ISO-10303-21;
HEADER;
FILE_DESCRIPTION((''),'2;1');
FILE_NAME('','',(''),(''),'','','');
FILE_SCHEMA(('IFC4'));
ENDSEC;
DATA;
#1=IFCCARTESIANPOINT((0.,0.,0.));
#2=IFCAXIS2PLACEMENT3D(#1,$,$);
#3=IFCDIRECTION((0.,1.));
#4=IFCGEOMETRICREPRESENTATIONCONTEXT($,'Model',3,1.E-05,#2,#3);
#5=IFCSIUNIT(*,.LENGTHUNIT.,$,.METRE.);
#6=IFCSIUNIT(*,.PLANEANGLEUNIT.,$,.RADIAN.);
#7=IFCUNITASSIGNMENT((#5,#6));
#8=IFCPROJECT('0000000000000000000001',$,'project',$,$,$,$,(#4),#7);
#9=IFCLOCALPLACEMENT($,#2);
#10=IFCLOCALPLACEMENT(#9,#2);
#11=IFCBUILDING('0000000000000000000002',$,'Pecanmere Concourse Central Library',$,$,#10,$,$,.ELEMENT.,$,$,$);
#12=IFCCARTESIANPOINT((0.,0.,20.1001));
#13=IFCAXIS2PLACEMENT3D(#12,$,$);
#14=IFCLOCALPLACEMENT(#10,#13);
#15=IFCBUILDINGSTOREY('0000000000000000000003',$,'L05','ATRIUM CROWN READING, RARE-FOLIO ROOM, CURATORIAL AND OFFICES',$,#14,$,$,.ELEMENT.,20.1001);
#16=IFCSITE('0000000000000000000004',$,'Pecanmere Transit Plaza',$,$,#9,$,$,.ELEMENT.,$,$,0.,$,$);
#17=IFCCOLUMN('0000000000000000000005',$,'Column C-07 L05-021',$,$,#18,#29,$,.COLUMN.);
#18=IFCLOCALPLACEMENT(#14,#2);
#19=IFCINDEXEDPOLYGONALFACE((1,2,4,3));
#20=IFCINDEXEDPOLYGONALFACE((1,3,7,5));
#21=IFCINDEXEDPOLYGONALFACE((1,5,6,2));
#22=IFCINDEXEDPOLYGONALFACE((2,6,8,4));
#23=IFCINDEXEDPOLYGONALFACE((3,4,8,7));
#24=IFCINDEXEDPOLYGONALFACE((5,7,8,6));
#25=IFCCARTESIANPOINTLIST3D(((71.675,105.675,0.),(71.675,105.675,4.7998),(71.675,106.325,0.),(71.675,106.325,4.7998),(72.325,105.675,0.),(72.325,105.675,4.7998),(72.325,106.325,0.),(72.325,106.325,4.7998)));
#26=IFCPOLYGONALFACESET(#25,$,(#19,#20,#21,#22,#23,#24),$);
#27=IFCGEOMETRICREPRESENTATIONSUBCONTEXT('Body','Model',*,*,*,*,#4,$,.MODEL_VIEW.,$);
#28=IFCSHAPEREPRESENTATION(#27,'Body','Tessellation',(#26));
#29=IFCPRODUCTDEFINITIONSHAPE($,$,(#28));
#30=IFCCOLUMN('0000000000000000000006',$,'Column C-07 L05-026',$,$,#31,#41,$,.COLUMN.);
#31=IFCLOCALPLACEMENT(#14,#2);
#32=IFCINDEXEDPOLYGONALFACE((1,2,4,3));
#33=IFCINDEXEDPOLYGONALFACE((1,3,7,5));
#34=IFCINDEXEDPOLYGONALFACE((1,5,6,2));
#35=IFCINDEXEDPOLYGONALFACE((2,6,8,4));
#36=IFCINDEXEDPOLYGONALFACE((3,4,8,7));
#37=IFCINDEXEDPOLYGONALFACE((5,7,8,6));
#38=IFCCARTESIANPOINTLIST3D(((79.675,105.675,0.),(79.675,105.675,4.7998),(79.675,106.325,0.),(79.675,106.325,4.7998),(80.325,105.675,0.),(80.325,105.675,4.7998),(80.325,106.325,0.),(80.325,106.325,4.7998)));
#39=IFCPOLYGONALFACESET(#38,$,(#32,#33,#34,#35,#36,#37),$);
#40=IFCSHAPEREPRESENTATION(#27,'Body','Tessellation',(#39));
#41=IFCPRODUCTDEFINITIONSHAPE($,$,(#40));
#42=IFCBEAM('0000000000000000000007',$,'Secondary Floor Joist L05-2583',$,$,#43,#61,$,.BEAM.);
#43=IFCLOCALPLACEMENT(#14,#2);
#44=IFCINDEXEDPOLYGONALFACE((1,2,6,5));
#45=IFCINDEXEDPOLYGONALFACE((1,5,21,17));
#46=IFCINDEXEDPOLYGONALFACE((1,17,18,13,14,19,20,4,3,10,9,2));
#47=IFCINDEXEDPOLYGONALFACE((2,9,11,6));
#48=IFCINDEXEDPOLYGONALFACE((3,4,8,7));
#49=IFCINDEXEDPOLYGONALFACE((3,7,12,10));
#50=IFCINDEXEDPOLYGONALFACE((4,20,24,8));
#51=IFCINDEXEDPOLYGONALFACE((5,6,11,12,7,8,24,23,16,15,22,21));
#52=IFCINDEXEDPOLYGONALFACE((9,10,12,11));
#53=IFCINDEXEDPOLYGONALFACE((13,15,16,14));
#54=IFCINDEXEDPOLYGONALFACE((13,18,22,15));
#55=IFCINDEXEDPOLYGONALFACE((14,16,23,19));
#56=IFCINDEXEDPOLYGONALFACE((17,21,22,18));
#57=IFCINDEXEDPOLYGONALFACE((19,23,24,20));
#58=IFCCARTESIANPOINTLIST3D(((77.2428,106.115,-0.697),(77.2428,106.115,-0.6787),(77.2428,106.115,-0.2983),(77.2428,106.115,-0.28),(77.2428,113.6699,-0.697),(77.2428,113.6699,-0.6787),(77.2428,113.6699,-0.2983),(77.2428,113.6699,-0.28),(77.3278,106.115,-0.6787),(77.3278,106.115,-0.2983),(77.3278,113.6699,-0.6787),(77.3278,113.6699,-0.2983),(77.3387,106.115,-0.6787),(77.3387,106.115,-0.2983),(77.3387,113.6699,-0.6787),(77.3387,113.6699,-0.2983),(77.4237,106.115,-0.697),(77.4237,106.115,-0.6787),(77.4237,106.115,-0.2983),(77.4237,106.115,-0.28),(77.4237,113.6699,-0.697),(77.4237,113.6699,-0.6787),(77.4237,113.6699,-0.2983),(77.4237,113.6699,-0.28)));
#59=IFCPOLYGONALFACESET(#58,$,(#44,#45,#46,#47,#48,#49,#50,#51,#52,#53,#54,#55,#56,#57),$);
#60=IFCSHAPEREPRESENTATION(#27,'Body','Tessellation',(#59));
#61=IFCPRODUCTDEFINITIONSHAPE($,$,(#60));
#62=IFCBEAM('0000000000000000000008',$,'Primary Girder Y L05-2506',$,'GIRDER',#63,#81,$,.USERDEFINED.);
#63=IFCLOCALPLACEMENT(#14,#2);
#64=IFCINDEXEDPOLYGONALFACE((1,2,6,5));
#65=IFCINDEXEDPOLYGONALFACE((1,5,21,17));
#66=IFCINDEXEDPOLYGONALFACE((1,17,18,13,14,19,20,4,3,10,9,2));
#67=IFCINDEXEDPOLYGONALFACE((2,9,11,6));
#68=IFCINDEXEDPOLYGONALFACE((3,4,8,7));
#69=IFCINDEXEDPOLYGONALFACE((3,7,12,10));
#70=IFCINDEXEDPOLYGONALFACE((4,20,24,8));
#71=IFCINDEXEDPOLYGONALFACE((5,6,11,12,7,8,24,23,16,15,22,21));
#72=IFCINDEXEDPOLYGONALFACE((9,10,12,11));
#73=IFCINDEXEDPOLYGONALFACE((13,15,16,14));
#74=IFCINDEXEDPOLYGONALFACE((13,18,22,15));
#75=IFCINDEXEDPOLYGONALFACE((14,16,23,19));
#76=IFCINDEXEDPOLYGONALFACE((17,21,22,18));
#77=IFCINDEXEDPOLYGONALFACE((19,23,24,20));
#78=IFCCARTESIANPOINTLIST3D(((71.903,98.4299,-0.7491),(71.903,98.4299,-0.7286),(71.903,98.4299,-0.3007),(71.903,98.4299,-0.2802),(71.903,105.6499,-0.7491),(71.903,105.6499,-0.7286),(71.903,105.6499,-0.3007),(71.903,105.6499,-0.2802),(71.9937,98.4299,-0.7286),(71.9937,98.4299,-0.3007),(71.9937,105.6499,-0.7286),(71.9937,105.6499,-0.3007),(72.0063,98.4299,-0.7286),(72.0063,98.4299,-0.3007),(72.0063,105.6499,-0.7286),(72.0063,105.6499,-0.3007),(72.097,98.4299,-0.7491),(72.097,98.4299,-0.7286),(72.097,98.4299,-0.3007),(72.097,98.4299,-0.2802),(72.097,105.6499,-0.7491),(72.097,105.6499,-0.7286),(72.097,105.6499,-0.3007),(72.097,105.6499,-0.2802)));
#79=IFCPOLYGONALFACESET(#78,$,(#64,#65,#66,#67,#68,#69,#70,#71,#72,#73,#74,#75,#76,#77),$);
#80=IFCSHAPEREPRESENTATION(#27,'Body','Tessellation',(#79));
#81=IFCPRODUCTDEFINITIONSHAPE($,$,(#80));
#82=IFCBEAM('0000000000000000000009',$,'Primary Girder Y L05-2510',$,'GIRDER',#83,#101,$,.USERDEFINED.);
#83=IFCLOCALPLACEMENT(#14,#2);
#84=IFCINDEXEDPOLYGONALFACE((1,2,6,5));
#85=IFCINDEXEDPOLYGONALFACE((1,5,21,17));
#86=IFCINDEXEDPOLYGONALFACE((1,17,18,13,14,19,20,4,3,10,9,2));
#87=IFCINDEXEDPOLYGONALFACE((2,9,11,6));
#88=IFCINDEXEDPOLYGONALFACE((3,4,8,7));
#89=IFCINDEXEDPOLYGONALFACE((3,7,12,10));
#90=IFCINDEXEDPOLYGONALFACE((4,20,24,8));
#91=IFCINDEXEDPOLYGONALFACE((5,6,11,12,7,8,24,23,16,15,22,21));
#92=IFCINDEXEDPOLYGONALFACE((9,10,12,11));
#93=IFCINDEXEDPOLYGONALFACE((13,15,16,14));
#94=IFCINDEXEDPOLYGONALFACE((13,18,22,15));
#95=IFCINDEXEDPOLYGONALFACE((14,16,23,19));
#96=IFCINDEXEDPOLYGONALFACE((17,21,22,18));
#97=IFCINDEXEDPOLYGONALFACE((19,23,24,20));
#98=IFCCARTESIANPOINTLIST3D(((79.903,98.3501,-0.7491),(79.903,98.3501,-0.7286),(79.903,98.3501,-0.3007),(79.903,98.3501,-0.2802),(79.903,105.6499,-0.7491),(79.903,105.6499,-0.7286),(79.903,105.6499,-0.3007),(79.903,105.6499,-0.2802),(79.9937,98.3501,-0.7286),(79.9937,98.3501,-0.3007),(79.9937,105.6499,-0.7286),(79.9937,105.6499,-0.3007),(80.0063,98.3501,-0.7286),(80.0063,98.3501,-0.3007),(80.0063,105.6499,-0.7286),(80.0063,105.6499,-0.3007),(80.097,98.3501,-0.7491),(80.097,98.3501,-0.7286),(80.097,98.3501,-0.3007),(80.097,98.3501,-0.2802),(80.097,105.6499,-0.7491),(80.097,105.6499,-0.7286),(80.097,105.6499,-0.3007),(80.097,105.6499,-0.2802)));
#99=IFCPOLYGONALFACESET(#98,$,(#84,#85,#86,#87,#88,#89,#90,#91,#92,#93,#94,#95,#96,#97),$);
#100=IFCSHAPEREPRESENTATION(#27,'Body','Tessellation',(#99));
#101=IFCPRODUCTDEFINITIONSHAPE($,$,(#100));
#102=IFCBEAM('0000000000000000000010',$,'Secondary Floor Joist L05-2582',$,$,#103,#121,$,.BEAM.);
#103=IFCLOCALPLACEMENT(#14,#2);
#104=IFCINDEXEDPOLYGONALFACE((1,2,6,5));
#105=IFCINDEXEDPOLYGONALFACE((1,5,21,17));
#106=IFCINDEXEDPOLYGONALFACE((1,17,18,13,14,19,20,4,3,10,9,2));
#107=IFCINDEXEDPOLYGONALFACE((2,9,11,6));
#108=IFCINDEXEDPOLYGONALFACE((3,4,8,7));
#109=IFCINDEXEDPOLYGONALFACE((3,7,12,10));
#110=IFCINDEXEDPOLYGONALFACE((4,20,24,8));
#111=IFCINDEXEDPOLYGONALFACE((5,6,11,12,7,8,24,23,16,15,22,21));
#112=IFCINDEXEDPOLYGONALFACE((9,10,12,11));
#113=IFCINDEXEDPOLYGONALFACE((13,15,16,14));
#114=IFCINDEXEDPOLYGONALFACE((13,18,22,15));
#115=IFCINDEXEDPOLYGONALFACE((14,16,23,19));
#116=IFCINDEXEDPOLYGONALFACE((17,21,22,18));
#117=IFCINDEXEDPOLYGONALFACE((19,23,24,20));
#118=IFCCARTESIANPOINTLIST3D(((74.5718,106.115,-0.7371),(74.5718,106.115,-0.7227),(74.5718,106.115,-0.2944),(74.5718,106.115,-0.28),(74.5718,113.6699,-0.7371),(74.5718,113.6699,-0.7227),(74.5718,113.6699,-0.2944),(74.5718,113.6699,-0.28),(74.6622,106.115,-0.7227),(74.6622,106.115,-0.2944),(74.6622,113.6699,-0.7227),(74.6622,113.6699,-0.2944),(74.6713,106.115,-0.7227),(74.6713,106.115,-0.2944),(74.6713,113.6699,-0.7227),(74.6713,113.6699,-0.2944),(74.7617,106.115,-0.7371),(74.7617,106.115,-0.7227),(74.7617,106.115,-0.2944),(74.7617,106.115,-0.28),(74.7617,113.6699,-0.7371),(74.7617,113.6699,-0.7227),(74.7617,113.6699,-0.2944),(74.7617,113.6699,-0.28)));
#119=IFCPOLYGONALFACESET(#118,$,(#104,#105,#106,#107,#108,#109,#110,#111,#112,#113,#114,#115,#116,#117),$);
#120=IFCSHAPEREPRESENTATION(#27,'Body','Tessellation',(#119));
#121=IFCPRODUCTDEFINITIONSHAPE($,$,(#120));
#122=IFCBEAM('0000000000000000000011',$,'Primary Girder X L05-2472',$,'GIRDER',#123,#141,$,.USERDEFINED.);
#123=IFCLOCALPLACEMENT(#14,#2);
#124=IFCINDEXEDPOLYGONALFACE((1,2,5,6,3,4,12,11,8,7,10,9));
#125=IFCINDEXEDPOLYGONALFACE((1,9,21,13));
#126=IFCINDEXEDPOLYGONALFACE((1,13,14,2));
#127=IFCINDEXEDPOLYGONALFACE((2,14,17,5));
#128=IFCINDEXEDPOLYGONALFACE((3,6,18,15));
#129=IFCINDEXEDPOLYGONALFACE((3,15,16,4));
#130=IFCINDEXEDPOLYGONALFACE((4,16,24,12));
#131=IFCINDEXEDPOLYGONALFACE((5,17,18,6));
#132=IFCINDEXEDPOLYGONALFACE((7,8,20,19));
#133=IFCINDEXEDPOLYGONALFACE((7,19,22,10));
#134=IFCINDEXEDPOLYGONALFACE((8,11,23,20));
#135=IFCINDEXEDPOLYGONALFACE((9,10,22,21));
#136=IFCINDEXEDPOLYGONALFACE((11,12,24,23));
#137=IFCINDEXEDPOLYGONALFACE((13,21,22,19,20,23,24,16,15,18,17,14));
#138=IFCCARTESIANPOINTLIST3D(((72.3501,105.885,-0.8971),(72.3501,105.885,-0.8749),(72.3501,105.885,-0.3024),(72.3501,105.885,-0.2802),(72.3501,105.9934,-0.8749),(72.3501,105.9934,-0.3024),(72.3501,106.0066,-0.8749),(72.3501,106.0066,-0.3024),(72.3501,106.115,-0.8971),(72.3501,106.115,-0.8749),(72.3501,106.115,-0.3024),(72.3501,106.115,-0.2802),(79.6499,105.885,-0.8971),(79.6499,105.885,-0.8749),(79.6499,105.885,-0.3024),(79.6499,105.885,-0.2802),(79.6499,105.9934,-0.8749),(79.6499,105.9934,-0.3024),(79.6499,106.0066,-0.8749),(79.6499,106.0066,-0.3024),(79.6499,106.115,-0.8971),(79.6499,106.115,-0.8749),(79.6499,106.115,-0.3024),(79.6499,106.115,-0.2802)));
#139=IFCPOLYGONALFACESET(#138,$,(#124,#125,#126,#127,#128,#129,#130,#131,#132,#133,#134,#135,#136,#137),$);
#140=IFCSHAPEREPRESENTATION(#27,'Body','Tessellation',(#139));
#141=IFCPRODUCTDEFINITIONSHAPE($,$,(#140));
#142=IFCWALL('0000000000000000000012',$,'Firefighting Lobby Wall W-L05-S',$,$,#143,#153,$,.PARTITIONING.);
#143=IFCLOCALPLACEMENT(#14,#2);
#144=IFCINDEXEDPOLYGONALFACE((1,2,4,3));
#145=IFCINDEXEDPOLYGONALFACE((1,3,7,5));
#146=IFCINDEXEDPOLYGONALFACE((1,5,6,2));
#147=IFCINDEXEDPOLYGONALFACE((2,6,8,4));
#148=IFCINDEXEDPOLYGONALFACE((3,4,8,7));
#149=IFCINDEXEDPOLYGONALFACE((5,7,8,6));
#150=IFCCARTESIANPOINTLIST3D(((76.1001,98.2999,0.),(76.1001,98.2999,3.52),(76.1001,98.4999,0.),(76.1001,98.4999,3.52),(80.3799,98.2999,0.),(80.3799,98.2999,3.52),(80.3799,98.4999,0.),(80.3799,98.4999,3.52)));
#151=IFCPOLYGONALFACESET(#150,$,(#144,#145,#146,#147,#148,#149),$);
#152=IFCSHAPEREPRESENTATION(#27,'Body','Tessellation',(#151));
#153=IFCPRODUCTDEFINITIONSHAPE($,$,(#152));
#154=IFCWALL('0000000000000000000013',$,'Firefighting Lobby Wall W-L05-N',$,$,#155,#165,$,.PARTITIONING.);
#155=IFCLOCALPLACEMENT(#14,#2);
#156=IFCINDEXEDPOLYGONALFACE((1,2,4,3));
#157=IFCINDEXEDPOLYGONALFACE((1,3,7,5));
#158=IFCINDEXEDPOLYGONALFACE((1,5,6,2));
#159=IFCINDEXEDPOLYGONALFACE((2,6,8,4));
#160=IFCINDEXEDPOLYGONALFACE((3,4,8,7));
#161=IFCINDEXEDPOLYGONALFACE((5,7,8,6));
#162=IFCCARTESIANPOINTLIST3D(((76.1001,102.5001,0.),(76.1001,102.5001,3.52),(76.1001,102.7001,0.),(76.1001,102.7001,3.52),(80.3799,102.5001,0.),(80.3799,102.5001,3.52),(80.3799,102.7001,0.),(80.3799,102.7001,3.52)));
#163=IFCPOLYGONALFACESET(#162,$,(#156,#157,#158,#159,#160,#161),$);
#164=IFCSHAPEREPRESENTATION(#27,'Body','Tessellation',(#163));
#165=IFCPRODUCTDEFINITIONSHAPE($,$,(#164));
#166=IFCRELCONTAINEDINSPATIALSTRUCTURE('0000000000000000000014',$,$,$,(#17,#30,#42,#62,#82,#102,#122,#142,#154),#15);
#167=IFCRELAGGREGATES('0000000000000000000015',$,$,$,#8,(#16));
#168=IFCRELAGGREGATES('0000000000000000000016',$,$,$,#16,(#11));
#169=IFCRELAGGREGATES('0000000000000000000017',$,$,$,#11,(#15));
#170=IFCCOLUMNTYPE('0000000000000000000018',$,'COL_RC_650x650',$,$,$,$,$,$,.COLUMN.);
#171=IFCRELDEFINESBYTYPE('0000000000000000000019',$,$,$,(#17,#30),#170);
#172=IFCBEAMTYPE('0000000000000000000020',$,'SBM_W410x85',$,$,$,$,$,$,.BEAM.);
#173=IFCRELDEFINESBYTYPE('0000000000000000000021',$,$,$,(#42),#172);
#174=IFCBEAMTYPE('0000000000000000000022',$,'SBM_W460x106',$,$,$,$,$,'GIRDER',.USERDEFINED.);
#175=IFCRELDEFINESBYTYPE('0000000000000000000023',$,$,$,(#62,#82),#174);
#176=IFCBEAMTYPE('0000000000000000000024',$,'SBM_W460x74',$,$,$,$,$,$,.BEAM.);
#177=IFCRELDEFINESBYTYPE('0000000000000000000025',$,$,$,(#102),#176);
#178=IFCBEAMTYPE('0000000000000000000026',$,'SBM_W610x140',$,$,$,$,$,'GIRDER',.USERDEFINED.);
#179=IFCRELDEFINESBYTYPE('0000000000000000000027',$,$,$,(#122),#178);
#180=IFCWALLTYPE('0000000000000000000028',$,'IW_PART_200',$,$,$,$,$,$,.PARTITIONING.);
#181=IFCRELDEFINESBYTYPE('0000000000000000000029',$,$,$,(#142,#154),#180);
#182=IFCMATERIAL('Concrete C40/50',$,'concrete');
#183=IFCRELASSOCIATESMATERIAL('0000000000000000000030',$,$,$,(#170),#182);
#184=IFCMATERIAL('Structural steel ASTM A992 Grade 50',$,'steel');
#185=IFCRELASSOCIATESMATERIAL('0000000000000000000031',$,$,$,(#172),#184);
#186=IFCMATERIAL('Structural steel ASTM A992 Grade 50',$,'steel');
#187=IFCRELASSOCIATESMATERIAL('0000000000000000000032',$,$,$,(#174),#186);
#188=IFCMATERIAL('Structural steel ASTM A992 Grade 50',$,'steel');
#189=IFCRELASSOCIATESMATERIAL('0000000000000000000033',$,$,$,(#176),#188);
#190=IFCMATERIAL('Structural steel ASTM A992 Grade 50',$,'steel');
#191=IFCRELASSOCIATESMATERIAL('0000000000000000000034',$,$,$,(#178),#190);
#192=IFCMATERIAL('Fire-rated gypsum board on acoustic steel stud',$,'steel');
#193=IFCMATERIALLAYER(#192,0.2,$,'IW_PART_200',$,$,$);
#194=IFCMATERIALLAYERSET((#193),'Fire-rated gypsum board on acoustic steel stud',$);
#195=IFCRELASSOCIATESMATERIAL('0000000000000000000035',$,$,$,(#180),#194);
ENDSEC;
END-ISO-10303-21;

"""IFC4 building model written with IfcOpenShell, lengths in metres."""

from ifc_helpers import new_model, si_unit, direction, frame, frame_2d, origin, origin_2d, place, context, subcontext, project, spatial, rectangle, i_section, extrude, material, layer, layer_set, material_profile, profile_set, type_object, element, save


model = new_model("IFC4")

# Units and contexts
model_context = context("Model", 3, precision=1e-05, world=origin(), true_north=direction((0.0, 1.0)))
body_context = subcontext(model_context, "Body", "Model", "MODEL_VIEW")
ifc_project = project(units=[si_unit("LENGTHUNIT", "METRE"), si_unit("PLANEANGLEUNIT", "RADIAN")], contexts=[model_context])

# Site, building, storey
site_placement = place(None, origin())
site = spatial("IfcSite", under=ifc_project, at=site_placement, Name="Pecanmere Transit Plaza", CompositionType="ELEMENT", RefElevation=0.0)
building_placement = place(site_placement, origin())
building = spatial("IfcBuilding", under=site, at=building_placement, Name="Pecanmere Concourse Central Library", CompositionType="ELEMENT")
storey_placement = place(building_placement, frame((0.0, 0.0, 20.1001)))
storey = spatial("IfcBuildingStorey", under=building, at=storey_placement, Name="L05", Description="ATRIUM CROWN READING, RARE-FOLIO ROOM, CURATORIAL AND OFFICES", CompositionType="ELEMENT", Elevation=20.1001)

# Columns
ifc_material_1 = material(Name="Concrete C40/50", Category="concrete")
ifc_material_profile_1 = material_profile(ifc_material_1, rectangle(XDim=0.6499, YDim=0.6499, at=origin_2d()), Name="RC 650x650")
ifc_profile_set_1 = profile_set([ifc_material_profile_1], Name="Concrete C40/50")
column_type = type_object("IfcColumnType", Name="COL_RC_650x650", PredefinedType="COLUMN", material=ifc_profile_set_1)
for number, where, z_axis, x_axis, name in (
    (1, (72.0, 106.0, 0.0), (0.0, 0.0, 1.0), (1.0, 0.0, 0.0), "Column C-07 L05-021"),
    (2, (80.0, 106.0, 0.0), (0.0, 0.0, 1.0), (1.0, 0.0, 0.0), "Column C-07 L05-026"),
):
    element("IfcColumn", number, at=place(storey_placement, frame(where, z_axis=z_axis, x_axis=x_axis)), inside=storey, type_object=column_type, Name=name, PredefinedType="COLUMN", context=body_context, shape_type="SweptSolid", body=[
        extrude(rectangle(XDim=0.6499, YDim=0.6499, at=origin_2d()), origin(), (0.0, 0.0, 1.0), 4.7998),
    ])

# Beams
ifc_material_2 = material(Name="Structural steel ASTM A992 Grade 50", Category="steel")
ifc_material_profile_2 = material_profile(ifc_material_2, i_section(OverallWidth=0.1809, OverallDepth=0.417, WebThickness=0.011, FlangeThickness=0.0183, at=origin_2d()), Name="W410x85")
ifc_profile_set_2 = profile_set([ifc_material_profile_2], Name="Structural steel ASTM A992 Grade 50")
beam_type_1 = type_object("IfcBeamType", Name="SBM_W410x85", PredefinedType="BEAM", material=ifc_profile_set_2)
beam_1_placement = place(storey_placement, frame((77.3333, 106.115, -0.4885), z_axis=(0.0, 1.0, 0.0), x_axis=(-1.0, 0.0, 0.0)))
element("IfcBeam", 3, at=beam_1_placement, inside=storey, type_object=beam_type_1, Name="Secondary Floor Joist L05-2583", PredefinedType="BEAM", context=body_context, shape_type="SweptSolid", body=[
    extrude(i_section(OverallWidth=0.1809, OverallDepth=0.417, WebThickness=0.011, FlangeThickness=0.0183, at=origin_2d()), origin(), (0.0, 0.0, 1.0), 7.5549),
])
ifc_material_3 = material(Name="Structural steel ASTM A992 Grade 50", Category="steel")
ifc_material_profile_3 = material_profile(ifc_material_3, i_section(OverallWidth=0.1941, OverallDepth=0.469, WebThickness=0.0127, FlangeThickness=0.0205, at=origin_2d()), Name="W460x106")
ifc_profile_set_3 = profile_set([ifc_material_profile_3], Name="Structural steel ASTM A992 Grade 50")
beam_type_2 = type_object("IfcBeamType", Name="SBM_W460x106", ElementType="GIRDER", PredefinedType="USERDEFINED", material=ifc_profile_set_3)
beam_2_placement = place(storey_placement, frame((72.0, 98.4299, -0.5146), z_axis=(0.0, 1.0, 0.0), x_axis=(-1.0, 0.0, 0.0)))
element("IfcBeam", 4, at=beam_2_placement, inside=storey, type_object=beam_type_2, Name="Primary Girder Y L05-2506", ObjectType="GIRDER", PredefinedType="USERDEFINED", context=body_context, shape_type="SweptSolid", body=[
    extrude(i_section(OverallWidth=0.1941, OverallDepth=0.469, WebThickness=0.0127, FlangeThickness=0.0205, at=origin_2d()), origin(), (0.0, 0.0, 1.0), 7.22),
])
beam_3_placement = place(storey_placement, frame((80.0, 98.3501, -0.5146), z_axis=(0.0, 1.0, 0.0), x_axis=(-1.0, 0.0, 0.0)))
element("IfcBeam", 5, at=beam_3_placement, inside=storey, type_object=beam_type_2, Name="Primary Girder Y L05-2510", ObjectType="GIRDER", PredefinedType="USERDEFINED", context=body_context, shape_type="SweptSolid", body=[
    extrude(i_section(OverallWidth=0.1941, OverallDepth=0.469, WebThickness=0.0127, FlangeThickness=0.0205, at=origin_2d()), origin(), (0.0, 0.0, 1.0), 7.2998),
])
ifc_material_4 = material(Name="Structural steel ASTM A992 Grade 50", Category="steel")
ifc_material_profile_4 = material_profile(ifc_material_4, i_section(OverallWidth=0.1899, OverallDepth=0.457, WebThickness=0.009, FlangeThickness=0.0144, at=origin_2d()), Name="W460x74")
ifc_profile_set_4 = profile_set([ifc_material_profile_4], Name="Structural steel ASTM A992 Grade 50")
beam_type_3 = type_object("IfcBeamType", Name="SBM_W460x74", PredefinedType="BEAM", material=ifc_profile_set_4)
beam_4_placement = place(storey_placement, frame((74.6667, 106.115, -0.5085), z_axis=(0.0, 1.0, 0.0), x_axis=(-1.0, 0.0, 0.0)))
element("IfcBeam", 6, at=beam_4_placement, inside=storey, type_object=beam_type_3, Name="Secondary Floor Joist L05-2582", PredefinedType="BEAM", context=body_context, shape_type="SweptSolid", body=[
    extrude(i_section(OverallWidth=0.1899, OverallDepth=0.457, WebThickness=0.009, FlangeThickness=0.0144, at=origin_2d()), origin(), (0.0, 0.0, 1.0), 7.5549),
])
ifc_material_5 = material(Name="Structural steel ASTM A992 Grade 50", Category="steel")
ifc_material_profile_5 = material_profile(ifc_material_5, i_section(OverallWidth=0.23, OverallDepth=0.6169, WebThickness=0.0132, FlangeThickness=0.0222, at=origin_2d()), Name="W610x140")
ifc_profile_set_5 = profile_set([ifc_material_profile_5], Name="Structural steel ASTM A992 Grade 50")
beam_type_4 = type_object("IfcBeamType", Name="SBM_W610x140", ElementType="GIRDER", PredefinedType="USERDEFINED", material=ifc_profile_set_5)
beam_5_placement = place(storey_placement, frame((72.3501, 106.0, -0.5886), z_axis=(1.0, 0.0, 0.0), x_axis=(0.0, 1.0, 0.0)))
element("IfcBeam", 7, at=beam_5_placement, inside=storey, type_object=beam_type_4, Name="Primary Girder X L05-2472", ObjectType="GIRDER", PredefinedType="USERDEFINED", context=body_context, shape_type="SweptSolid", body=[
    extrude(i_section(OverallWidth=0.23, OverallDepth=0.6169, WebThickness=0.0132, FlangeThickness=0.0222, at=origin_2d()), origin(), (0.0, 0.0, 1.0), 7.2998),
])

# Walls
ifc_material_6 = material(Name="Fire-rated gypsum board on acoustic steel stud", Category="steel")
ifc_layer_1 = layer(ifc_material_6, 0.2, Name="IW_PART_200")
ifc_layer_set_1 = layer_set([ifc_layer_1], Name="Fire-rated gypsum board on acoustic steel stud")
wall_type_1 = type_object("IfcWallType", Name="IW_PART_200", PredefinedType="PARTITIONING", material=ifc_layer_set_1)
for number, where, z_axis, x_axis, name in (
    (8, (76.1001, 98.3999, 0.0), (0.0, 0.0, 1.0), (1.0, 0.0, 0.0), "Firefighting Lobby Wall W-L05-S"),
    (9, (76.1001, 102.6001, 0.0), (0.0, 0.0, 1.0), (1.0, 0.0, 0.0), "Firefighting Lobby Wall W-L05-N"),
):
    element("IfcWall", number, at=place(storey_placement, frame(where, z_axis=z_axis, x_axis=x_axis)), inside=storey, type_object=wall_type_1, Name=name, PredefinedType="PARTITIONING", context=body_context, shape_type="SweptSolid", body=[
        extrude(rectangle(XDim=4.2798, YDim=0.2, at=frame_2d((2.1399, 0.0))), origin(), (0.0, 0.0, 1.0), 3.52),
    ])

save(model, "model.ifc")
